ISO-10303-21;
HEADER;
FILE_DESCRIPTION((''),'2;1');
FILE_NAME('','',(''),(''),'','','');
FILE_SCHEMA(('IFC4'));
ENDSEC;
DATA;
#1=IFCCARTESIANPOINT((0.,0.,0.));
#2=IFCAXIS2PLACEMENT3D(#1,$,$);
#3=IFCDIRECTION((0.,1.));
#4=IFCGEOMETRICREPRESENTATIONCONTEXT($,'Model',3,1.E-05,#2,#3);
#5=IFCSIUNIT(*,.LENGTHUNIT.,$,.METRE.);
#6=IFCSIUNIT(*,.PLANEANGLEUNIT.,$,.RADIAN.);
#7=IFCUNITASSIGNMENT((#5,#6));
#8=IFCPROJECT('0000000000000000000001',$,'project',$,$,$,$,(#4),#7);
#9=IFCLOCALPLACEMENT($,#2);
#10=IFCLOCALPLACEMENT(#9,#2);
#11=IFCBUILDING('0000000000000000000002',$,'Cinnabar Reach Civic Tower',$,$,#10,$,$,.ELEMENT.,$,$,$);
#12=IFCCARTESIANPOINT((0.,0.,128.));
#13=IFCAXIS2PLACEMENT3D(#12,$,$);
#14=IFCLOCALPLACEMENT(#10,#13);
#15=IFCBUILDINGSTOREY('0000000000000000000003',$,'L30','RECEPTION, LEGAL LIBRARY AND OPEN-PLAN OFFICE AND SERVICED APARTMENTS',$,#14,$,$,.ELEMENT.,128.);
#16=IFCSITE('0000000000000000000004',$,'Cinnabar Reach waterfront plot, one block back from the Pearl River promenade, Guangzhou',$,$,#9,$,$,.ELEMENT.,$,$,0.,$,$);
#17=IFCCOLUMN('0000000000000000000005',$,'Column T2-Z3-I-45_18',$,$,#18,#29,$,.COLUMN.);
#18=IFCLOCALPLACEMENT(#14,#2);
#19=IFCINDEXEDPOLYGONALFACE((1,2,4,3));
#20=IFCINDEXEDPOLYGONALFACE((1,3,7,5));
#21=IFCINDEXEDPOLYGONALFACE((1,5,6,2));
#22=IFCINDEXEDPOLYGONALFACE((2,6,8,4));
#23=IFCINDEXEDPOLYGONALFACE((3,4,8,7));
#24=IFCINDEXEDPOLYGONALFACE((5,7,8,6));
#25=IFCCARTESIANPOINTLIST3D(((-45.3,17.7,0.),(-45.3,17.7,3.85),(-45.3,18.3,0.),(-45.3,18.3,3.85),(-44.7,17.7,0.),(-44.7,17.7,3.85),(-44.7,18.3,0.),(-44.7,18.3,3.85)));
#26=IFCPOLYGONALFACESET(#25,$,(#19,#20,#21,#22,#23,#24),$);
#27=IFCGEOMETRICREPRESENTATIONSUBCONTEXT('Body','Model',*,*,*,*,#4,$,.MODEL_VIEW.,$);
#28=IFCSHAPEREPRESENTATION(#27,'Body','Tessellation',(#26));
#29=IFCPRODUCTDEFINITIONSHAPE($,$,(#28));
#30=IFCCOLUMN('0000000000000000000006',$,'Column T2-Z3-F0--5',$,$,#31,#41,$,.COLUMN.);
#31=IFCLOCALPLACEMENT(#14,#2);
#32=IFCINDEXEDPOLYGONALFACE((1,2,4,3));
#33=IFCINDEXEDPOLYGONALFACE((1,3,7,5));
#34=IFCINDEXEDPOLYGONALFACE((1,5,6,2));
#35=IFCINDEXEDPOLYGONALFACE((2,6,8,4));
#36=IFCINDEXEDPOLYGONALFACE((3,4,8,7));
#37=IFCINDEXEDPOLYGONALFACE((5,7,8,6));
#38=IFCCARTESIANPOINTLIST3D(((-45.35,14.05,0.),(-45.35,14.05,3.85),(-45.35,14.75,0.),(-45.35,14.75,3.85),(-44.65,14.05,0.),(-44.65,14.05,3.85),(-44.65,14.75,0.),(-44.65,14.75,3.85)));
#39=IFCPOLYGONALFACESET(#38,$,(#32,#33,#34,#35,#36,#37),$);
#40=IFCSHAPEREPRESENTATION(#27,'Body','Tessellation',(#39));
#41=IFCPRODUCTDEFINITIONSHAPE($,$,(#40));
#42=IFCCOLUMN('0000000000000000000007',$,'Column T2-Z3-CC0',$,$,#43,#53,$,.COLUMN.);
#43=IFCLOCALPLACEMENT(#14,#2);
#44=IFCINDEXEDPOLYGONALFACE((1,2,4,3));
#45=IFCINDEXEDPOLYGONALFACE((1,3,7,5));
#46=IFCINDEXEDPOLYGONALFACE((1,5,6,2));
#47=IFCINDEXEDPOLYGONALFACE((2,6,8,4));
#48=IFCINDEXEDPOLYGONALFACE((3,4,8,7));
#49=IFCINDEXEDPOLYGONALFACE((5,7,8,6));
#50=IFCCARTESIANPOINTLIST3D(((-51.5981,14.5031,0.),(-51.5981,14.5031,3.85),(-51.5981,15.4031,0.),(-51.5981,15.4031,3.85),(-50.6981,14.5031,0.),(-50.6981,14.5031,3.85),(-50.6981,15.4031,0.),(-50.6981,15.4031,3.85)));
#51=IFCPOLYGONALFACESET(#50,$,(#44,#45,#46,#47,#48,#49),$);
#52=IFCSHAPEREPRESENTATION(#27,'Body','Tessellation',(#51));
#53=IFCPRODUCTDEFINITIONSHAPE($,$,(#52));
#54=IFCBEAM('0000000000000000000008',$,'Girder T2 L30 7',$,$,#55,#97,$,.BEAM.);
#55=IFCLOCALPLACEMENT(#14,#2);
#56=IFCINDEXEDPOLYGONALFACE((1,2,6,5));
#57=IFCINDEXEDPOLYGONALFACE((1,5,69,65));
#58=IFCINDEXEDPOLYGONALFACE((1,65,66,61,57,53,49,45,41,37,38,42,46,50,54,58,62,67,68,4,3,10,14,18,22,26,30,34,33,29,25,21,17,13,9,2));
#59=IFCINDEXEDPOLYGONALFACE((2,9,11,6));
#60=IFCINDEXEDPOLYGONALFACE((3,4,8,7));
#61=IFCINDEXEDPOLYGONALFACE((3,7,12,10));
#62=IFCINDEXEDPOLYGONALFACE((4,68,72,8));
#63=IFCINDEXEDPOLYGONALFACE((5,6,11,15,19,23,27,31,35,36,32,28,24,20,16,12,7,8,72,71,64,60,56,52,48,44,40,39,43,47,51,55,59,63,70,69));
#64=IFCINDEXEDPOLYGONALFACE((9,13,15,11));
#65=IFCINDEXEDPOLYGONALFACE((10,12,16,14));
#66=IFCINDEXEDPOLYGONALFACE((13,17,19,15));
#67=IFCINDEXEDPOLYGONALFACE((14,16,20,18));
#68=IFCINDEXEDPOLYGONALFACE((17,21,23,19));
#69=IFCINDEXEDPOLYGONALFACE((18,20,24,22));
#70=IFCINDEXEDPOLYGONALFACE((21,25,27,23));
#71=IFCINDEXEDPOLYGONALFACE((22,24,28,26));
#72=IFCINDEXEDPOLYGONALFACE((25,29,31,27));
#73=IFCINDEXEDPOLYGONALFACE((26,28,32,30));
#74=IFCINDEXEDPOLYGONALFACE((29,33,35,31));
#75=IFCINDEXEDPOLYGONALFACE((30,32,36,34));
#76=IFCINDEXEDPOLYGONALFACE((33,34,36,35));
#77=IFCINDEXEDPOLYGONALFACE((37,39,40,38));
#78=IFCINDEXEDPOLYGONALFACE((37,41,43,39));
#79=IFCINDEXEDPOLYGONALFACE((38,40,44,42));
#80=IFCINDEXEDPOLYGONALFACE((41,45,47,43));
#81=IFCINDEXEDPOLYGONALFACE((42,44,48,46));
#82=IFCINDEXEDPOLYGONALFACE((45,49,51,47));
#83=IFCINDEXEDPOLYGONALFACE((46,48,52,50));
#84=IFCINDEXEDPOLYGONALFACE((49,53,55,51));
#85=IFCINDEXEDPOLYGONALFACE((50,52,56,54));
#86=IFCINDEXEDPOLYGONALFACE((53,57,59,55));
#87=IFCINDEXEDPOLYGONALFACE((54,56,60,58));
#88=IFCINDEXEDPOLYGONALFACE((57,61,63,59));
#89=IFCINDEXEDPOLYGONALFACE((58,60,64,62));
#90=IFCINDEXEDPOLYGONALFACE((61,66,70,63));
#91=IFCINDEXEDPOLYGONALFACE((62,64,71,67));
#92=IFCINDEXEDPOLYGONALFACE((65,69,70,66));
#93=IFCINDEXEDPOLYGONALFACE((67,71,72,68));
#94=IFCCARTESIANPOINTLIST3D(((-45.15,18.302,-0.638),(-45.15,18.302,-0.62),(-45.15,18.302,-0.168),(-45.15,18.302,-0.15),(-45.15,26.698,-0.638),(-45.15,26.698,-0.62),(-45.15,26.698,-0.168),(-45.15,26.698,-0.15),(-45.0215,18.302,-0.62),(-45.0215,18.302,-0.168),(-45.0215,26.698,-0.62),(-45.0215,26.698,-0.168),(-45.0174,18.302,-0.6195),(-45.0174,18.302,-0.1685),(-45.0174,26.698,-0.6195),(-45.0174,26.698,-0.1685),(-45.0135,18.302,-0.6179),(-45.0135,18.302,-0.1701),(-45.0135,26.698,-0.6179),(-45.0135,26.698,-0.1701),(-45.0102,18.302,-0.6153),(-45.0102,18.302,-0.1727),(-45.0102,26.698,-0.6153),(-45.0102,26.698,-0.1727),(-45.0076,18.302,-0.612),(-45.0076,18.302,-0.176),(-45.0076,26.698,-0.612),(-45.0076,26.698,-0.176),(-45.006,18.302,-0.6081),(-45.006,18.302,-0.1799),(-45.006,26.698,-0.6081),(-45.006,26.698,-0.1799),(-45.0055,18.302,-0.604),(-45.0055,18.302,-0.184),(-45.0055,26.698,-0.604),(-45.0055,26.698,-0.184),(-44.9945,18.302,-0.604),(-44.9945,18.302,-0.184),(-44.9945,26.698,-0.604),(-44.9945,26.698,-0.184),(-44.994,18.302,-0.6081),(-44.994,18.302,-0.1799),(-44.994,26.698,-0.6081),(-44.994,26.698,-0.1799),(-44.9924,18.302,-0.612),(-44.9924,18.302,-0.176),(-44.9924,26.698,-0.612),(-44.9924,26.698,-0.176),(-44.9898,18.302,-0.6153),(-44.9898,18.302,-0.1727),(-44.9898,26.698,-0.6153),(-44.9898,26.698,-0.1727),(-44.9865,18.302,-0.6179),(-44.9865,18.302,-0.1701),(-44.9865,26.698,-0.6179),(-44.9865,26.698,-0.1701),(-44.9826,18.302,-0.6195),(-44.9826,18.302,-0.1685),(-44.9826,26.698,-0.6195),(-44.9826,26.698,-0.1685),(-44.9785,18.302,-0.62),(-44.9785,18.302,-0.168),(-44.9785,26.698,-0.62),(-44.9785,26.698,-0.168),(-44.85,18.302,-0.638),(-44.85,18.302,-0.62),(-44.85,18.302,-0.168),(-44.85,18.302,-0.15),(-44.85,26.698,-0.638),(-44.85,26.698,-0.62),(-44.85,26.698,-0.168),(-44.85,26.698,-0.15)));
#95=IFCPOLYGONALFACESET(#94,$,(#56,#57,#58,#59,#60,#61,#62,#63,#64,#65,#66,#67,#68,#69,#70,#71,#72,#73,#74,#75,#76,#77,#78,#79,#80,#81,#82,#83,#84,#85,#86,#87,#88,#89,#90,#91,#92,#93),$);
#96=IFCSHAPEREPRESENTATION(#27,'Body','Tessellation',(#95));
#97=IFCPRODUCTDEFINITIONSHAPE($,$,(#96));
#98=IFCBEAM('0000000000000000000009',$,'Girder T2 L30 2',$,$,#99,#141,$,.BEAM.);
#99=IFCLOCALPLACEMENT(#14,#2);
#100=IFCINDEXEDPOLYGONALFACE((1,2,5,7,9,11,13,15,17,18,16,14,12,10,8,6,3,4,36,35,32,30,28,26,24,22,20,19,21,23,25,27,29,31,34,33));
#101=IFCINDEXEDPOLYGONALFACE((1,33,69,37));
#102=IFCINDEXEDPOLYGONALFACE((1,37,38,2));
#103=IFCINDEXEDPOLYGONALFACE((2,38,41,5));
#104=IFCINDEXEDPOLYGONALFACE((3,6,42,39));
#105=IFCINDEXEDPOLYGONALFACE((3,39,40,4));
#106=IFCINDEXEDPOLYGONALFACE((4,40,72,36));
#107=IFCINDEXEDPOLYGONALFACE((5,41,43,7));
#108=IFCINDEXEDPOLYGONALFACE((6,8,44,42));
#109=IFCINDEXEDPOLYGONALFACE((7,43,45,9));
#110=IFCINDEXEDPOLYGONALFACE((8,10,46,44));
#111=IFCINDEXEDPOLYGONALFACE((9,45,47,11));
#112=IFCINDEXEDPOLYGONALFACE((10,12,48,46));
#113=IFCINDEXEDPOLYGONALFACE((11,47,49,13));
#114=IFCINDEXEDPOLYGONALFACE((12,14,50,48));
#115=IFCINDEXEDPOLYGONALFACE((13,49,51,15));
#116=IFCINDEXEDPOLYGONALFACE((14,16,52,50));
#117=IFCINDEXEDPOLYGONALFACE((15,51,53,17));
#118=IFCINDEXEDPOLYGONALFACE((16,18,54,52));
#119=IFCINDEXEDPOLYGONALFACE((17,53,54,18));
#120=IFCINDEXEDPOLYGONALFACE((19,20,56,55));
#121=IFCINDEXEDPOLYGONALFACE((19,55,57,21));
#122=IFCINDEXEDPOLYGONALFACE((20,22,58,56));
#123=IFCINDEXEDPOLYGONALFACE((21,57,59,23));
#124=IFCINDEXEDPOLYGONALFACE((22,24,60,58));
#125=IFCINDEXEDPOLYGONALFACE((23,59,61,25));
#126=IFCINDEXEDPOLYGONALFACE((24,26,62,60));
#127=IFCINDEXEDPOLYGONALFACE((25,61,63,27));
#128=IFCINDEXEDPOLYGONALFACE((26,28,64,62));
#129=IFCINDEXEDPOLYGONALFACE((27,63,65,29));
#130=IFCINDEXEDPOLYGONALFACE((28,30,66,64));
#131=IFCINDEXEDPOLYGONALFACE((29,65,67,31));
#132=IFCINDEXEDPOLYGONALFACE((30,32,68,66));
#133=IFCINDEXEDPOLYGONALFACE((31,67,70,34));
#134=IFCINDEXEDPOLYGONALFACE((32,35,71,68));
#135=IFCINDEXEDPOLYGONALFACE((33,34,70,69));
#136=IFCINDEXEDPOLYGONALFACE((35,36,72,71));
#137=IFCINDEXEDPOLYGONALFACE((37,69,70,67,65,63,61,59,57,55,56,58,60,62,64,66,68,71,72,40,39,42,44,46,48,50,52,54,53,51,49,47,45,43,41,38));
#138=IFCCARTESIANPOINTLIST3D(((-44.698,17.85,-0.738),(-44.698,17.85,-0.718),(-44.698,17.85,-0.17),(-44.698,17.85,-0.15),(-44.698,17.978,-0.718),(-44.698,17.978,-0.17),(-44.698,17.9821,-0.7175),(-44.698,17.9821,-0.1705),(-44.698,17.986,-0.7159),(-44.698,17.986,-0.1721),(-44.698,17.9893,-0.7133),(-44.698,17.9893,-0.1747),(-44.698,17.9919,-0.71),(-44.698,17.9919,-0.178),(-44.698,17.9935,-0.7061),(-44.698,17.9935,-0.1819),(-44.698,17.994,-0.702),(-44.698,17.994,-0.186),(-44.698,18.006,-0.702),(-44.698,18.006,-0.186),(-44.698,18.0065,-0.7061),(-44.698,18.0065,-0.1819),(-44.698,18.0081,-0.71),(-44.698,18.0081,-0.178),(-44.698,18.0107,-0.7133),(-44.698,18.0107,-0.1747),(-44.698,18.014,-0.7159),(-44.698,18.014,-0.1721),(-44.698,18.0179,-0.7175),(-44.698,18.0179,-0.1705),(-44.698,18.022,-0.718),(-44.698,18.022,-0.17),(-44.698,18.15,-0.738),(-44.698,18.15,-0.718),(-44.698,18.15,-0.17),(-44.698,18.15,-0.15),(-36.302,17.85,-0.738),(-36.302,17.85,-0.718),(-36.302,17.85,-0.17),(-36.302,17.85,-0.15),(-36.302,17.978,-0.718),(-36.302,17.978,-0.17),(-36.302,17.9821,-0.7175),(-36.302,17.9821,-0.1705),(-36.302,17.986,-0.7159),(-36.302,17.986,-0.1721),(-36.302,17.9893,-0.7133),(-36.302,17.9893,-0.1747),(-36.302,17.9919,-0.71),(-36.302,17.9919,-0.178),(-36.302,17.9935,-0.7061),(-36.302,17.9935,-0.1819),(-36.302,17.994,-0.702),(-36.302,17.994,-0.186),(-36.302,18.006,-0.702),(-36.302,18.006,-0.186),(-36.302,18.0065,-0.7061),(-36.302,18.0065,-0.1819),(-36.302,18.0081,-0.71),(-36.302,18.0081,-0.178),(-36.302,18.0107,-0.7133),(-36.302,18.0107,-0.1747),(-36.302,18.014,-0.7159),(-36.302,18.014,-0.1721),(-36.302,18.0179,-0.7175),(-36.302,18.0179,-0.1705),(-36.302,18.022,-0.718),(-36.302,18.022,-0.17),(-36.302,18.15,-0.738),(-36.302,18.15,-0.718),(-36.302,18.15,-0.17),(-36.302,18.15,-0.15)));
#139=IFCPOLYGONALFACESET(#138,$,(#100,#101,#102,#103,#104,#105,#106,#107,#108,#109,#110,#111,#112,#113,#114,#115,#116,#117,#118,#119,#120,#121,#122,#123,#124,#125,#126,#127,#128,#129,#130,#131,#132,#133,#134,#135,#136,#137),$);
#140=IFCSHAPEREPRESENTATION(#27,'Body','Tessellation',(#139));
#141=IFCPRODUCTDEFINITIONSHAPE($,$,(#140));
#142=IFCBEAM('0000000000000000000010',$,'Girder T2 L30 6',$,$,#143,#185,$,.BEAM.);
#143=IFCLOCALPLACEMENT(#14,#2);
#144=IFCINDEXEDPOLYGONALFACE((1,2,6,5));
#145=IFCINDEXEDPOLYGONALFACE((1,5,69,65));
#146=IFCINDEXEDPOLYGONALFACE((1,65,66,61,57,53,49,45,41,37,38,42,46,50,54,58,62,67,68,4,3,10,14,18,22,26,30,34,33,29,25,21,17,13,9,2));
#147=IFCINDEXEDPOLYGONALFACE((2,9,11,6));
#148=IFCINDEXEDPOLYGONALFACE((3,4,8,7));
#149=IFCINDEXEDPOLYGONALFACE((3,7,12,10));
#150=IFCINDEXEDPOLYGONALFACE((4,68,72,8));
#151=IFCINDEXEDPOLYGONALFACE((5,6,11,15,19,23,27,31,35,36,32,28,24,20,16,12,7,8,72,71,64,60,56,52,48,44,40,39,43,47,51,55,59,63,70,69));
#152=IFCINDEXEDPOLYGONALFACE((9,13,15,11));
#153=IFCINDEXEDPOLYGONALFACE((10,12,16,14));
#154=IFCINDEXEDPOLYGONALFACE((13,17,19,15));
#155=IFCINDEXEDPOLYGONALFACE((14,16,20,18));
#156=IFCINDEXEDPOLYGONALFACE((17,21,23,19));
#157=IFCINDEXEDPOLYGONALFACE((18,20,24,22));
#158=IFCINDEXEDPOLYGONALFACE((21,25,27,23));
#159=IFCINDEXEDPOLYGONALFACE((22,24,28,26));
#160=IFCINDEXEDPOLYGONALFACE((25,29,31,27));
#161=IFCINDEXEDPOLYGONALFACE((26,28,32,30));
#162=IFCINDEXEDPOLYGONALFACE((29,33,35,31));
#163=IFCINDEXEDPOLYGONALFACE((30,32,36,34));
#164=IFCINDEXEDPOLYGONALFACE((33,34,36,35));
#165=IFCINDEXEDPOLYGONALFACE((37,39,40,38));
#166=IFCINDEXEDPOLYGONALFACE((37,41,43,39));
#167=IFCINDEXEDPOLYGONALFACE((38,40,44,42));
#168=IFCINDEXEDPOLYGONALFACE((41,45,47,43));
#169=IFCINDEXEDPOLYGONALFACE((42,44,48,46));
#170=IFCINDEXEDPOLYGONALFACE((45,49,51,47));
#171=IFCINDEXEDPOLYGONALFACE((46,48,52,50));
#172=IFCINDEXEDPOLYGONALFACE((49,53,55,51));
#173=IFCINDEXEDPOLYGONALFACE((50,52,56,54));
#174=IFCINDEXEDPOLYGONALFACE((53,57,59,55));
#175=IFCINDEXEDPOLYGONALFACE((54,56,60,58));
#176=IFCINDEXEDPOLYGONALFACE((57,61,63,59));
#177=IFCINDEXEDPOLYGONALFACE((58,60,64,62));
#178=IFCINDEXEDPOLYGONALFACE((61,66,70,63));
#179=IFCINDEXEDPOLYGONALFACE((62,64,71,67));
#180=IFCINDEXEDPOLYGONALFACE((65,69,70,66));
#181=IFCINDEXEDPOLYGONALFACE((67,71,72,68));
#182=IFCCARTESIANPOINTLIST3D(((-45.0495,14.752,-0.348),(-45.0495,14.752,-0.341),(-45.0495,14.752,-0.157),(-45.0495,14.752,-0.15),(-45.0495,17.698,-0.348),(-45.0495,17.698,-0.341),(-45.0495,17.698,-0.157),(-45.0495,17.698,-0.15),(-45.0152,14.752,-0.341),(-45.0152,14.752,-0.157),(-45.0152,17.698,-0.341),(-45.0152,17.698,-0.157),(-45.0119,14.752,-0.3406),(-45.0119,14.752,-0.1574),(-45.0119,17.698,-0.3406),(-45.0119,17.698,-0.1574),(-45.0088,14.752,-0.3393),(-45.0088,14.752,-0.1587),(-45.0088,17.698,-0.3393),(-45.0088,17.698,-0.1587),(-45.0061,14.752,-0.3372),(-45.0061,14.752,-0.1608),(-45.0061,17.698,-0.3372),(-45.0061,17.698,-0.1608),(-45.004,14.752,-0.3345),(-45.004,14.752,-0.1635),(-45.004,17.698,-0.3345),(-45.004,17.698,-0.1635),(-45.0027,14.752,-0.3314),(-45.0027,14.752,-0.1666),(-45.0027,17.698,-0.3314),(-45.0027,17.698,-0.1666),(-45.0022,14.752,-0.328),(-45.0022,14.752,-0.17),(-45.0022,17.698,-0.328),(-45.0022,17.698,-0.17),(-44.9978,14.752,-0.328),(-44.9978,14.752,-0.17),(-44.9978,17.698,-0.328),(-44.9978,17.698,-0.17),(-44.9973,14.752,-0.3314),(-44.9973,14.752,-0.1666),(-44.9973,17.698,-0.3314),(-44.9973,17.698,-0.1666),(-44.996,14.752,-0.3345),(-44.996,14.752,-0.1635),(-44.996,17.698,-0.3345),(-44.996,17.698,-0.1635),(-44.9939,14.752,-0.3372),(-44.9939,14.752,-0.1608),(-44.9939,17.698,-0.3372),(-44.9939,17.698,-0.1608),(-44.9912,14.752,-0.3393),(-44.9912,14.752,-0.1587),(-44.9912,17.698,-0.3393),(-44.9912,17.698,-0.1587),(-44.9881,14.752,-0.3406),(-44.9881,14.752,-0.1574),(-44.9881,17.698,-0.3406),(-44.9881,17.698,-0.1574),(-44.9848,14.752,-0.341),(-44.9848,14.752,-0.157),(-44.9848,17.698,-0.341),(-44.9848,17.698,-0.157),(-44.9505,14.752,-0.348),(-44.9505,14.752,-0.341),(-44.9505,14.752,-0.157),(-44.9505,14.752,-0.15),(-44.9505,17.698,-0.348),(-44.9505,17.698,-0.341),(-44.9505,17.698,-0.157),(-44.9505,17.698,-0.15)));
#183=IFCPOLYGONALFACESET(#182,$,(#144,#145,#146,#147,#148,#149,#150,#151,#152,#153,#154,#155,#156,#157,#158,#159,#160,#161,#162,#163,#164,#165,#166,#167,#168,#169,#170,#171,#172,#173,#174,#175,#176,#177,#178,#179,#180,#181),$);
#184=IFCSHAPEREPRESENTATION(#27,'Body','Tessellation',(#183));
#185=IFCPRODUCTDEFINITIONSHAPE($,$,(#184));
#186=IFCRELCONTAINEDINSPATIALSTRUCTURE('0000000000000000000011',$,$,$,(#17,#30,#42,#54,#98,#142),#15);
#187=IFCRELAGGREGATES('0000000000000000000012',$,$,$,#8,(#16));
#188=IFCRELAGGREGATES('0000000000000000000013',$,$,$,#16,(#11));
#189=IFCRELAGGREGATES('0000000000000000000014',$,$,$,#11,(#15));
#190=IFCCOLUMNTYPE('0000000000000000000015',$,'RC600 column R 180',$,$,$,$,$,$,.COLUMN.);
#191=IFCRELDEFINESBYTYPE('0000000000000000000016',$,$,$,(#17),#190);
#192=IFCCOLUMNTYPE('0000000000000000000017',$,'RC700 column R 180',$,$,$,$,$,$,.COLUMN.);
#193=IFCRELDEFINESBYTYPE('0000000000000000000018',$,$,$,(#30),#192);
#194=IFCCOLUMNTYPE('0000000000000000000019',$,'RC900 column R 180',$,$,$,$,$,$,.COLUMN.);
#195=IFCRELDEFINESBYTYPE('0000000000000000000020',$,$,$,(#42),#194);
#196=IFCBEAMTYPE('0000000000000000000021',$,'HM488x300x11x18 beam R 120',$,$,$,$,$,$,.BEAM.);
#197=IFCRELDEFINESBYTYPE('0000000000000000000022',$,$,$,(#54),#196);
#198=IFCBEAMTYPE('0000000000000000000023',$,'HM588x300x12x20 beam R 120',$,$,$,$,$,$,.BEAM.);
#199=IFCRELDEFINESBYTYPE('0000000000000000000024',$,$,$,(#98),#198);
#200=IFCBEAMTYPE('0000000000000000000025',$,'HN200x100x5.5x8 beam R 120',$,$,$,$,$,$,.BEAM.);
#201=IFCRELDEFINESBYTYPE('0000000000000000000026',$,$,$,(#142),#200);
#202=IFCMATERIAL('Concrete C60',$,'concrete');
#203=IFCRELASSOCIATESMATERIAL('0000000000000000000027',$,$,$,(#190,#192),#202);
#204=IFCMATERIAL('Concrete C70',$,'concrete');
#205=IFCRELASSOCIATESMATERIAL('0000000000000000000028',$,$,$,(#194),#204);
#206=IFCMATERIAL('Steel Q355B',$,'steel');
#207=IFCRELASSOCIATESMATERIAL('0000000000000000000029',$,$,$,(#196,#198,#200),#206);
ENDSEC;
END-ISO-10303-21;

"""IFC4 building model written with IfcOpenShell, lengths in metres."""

from ifc_helpers import new_model, si_unit, direction, frame, origin, origin_2d, place, context, subcontext, project, spatial, rectangle, i_section, extrude, material, material_profile, profile_set, type_object, element, save


model = new_model("IFC4")

# Units and contexts
model_context = context("Model", 3, precision=1e-05, world=origin(), true_north=direction((0.0, 1.0)))
body_context = subcontext(model_context, "Body", "Model", "MODEL_VIEW")
ifc_project = project(units=[si_unit("LENGTHUNIT", "METRE"), si_unit("PLANEANGLEUNIT", "RADIAN")], contexts=[model_context])

# Site, building, storey
site_placement = place(None, origin())
site = spatial("IfcSite", under=ifc_project, at=site_placement, Name="Cinnabar Reach waterfront plot, one block back from the Pearl River promenade, Guangzhou", CompositionType="ELEMENT", RefElevation=0.0)
building_placement = place(site_placement, origin())
building = spatial("IfcBuilding", under=site, at=building_placement, Name="Cinnabar Reach Civic Tower", CompositionType="ELEMENT")
storey_placement = place(building_placement, frame((0.0, 0.0, 128.0)))
storey = spatial("IfcBuildingStorey", under=building, at=storey_placement, Name="L30", Description="RECEPTION, LEGAL LIBRARY AND OPEN-PLAN OFFICE AND SERVICED APARTMENTS", CompositionType="ELEMENT", Elevation=128.0)

# Columns
ifc_material_1 = material(Name="Concrete C60", Category="concrete")
ifc_material_profile_1 = material_profile(ifc_material_1, rectangle(XDim=0.6, YDim=0.6, at=origin_2d()), Name="RC600")
ifc_profile_set_1 = profile_set([ifc_material_profile_1], Name="Concrete C60")
column_type_1 = type_object("IfcColumnType", Name="RC600 column R 180", PredefinedType="COLUMN", material=ifc_profile_set_1)
column_1_placement = place(storey_placement, frame((-45.0, 18.0, 0.0), z_axis=(0.0, 0.0, 1.0), x_axis=(1.0, 0.0, 0.0)))
element("IfcColumn", 1, at=column_1_placement, inside=storey, type_object=column_type_1, Name="Column T2-Z3-I-45_18", PredefinedType="COLUMN", context=body_context, shape_type="SweptSolid", body=[
    extrude(rectangle(XDim=0.6, YDim=0.6, at=origin_2d()), origin(), (0.0, 0.0, 1.0), 3.85),
])
ifc_material_profile_2 = material_profile(ifc_material_1, rectangle(XDim=0.7, YDim=0.7, at=origin_2d()), Name="RC700")
ifc_profile_set_2 = profile_set([ifc_material_profile_2], Name="Concrete C60")
column_type_2 = type_object("IfcColumnType", Name="RC700 column R 180", PredefinedType="COLUMN", material=ifc_profile_set_2)
column_2_placement = place(storey_placement, frame((-45.0, 14.4, 0.0), z_axis=(0.0, 0.0, 1.0), x_axis=(1.0, 0.0, 0.0)))
element("IfcColumn", 2, at=column_2_placement, inside=storey, type_object=column_type_2, Name="Column T2-Z3-F0--5", PredefinedType="COLUMN", context=body_context, shape_type="SweptSolid", body=[
    extrude(rectangle(XDim=0.7, YDim=0.7, at=origin_2d()), origin(), (0.0, 0.0, 1.0), 3.85),
])
ifc_material_2 = material(Name="Concrete C70", Category="concrete")
ifc_material_profile_3 = material_profile(ifc_material_2, rectangle(XDim=0.9, YDim=0.9, at=origin_2d()), Name="RC900")
ifc_profile_set_3 = profile_set([ifc_material_profile_3], Name="Concrete C70")
column_type_3 = type_object("IfcColumnType", Name="RC900 column R 180", PredefinedType="COLUMN", material=ifc_profile_set_3)
column_3_placement = place(storey_placement, frame((-51.1481, 14.9531, 0.0), z_axis=(0.0, 0.0, 1.0), x_axis=(1.0, 0.0, 0.0)))
element("IfcColumn", 3, at=column_3_placement, inside=storey, type_object=column_type_3, Name="Column T2-Z3-CC0", PredefinedType="COLUMN", context=body_context, shape_type="SweptSolid", body=[
    extrude(rectangle(XDim=0.9, YDim=0.9, at=origin_2d()), origin(), (0.0, 0.0, 1.0), 3.85),
])

# Beams
ifc_material_3 = material(Name="Steel Q355B", Category="steel")
ifc_material_profile_4 = material_profile(ifc_material_3, i_section(OverallWidth=0.3, OverallDepth=0.488, WebThickness=0.011, FlangeThickness=0.018, FilletRadius=0.016, at=origin_2d()), Name="HM488x300x11x18")
ifc_profile_set_4 = profile_set([ifc_material_profile_4], Name="Steel Q355B")
beam_type_1 = type_object("IfcBeamType", Name="HM488x300x11x18 beam R 120", PredefinedType="BEAM", material=ifc_profile_set_4)
beam_1_placement = place(storey_placement, frame((-45.0, 18.302, -0.394), z_axis=(0.0, 1.0, 0.0), x_axis=(-1.0, 0.0, 0.0)))
element("IfcBeam", 4, at=beam_1_placement, inside=storey, type_object=beam_type_1, Name="Girder T2 L30 7", PredefinedType="BEAM", context=body_context, shape_type="SweptSolid", body=[
    extrude(i_section(OverallWidth=0.3, OverallDepth=0.488, WebThickness=0.011, FlangeThickness=0.018, FilletRadius=0.016, at=origin_2d()), origin(), (0.0, 0.0, 1.0), 8.396),
])
ifc_material_profile_5 = material_profile(ifc_material_3, i_section(OverallWidth=0.3, OverallDepth=0.588, WebThickness=0.012, FlangeThickness=0.02, FilletRadius=0.016, at=origin_2d()), Name="HM588x300x12x20")
ifc_profile_set_5 = profile_set([ifc_material_profile_5], Name="Steel Q355B")
beam_type_2 = type_object("IfcBeamType", Name="HM588x300x12x20 beam R 120", PredefinedType="BEAM", material=ifc_profile_set_5)
beam_2_placement = place(storey_placement, frame((-44.698, 18.0, -0.444), z_axis=(1.0, 0.0, 0.0), x_axis=(0.0, 1.0, 0.0)))
element("IfcBeam", 5, at=beam_2_placement, inside=storey, type_object=beam_type_2, Name="Girder T2 L30 2", PredefinedType="BEAM", context=body_context, shape_type="SweptSolid", body=[
    extrude(i_section(OverallWidth=0.3, OverallDepth=0.588, WebThickness=0.012, FlangeThickness=0.02, FilletRadius=0.016, at=origin_2d()), origin(), (0.0, 0.0, 1.0), 8.396),
])
ifc_material_profile_6 = material_profile(ifc_material_3, i_section(OverallWidth=0.099, OverallDepth=0.198, WebThickness=0.0045, FlangeThickness=0.007, FilletRadius=0.013, at=origin_2d()), Name="HN200x100x5.5x8")
ifc_profile_set_6 = profile_set([ifc_material_profile_6], Name="Steel Q355B")
beam_type_3 = type_object("IfcBeamType", Name="HN200x100x5.5x8 beam R 120", PredefinedType="BEAM", material=ifc_profile_set_6)
beam_3_placement = place(storey_placement, frame((-45.0, 14.752, -0.249), z_axis=(0.0, 1.0, 0.0), x_axis=(-1.0, 0.0, 0.0)))
element("IfcBeam", 6, at=beam_3_placement, inside=storey, type_object=beam_type_3, Name="Girder T2 L30 6", PredefinedType="BEAM", context=body_context, shape_type="SweptSolid", body=[
    extrude(i_section(OverallWidth=0.099, OverallDepth=0.198, WebThickness=0.0045, FlangeThickness=0.007, FilletRadius=0.013, at=origin_2d()), origin(), (0.0, 0.0, 1.0), 2.946),
])

save(model, "model.ifc")
